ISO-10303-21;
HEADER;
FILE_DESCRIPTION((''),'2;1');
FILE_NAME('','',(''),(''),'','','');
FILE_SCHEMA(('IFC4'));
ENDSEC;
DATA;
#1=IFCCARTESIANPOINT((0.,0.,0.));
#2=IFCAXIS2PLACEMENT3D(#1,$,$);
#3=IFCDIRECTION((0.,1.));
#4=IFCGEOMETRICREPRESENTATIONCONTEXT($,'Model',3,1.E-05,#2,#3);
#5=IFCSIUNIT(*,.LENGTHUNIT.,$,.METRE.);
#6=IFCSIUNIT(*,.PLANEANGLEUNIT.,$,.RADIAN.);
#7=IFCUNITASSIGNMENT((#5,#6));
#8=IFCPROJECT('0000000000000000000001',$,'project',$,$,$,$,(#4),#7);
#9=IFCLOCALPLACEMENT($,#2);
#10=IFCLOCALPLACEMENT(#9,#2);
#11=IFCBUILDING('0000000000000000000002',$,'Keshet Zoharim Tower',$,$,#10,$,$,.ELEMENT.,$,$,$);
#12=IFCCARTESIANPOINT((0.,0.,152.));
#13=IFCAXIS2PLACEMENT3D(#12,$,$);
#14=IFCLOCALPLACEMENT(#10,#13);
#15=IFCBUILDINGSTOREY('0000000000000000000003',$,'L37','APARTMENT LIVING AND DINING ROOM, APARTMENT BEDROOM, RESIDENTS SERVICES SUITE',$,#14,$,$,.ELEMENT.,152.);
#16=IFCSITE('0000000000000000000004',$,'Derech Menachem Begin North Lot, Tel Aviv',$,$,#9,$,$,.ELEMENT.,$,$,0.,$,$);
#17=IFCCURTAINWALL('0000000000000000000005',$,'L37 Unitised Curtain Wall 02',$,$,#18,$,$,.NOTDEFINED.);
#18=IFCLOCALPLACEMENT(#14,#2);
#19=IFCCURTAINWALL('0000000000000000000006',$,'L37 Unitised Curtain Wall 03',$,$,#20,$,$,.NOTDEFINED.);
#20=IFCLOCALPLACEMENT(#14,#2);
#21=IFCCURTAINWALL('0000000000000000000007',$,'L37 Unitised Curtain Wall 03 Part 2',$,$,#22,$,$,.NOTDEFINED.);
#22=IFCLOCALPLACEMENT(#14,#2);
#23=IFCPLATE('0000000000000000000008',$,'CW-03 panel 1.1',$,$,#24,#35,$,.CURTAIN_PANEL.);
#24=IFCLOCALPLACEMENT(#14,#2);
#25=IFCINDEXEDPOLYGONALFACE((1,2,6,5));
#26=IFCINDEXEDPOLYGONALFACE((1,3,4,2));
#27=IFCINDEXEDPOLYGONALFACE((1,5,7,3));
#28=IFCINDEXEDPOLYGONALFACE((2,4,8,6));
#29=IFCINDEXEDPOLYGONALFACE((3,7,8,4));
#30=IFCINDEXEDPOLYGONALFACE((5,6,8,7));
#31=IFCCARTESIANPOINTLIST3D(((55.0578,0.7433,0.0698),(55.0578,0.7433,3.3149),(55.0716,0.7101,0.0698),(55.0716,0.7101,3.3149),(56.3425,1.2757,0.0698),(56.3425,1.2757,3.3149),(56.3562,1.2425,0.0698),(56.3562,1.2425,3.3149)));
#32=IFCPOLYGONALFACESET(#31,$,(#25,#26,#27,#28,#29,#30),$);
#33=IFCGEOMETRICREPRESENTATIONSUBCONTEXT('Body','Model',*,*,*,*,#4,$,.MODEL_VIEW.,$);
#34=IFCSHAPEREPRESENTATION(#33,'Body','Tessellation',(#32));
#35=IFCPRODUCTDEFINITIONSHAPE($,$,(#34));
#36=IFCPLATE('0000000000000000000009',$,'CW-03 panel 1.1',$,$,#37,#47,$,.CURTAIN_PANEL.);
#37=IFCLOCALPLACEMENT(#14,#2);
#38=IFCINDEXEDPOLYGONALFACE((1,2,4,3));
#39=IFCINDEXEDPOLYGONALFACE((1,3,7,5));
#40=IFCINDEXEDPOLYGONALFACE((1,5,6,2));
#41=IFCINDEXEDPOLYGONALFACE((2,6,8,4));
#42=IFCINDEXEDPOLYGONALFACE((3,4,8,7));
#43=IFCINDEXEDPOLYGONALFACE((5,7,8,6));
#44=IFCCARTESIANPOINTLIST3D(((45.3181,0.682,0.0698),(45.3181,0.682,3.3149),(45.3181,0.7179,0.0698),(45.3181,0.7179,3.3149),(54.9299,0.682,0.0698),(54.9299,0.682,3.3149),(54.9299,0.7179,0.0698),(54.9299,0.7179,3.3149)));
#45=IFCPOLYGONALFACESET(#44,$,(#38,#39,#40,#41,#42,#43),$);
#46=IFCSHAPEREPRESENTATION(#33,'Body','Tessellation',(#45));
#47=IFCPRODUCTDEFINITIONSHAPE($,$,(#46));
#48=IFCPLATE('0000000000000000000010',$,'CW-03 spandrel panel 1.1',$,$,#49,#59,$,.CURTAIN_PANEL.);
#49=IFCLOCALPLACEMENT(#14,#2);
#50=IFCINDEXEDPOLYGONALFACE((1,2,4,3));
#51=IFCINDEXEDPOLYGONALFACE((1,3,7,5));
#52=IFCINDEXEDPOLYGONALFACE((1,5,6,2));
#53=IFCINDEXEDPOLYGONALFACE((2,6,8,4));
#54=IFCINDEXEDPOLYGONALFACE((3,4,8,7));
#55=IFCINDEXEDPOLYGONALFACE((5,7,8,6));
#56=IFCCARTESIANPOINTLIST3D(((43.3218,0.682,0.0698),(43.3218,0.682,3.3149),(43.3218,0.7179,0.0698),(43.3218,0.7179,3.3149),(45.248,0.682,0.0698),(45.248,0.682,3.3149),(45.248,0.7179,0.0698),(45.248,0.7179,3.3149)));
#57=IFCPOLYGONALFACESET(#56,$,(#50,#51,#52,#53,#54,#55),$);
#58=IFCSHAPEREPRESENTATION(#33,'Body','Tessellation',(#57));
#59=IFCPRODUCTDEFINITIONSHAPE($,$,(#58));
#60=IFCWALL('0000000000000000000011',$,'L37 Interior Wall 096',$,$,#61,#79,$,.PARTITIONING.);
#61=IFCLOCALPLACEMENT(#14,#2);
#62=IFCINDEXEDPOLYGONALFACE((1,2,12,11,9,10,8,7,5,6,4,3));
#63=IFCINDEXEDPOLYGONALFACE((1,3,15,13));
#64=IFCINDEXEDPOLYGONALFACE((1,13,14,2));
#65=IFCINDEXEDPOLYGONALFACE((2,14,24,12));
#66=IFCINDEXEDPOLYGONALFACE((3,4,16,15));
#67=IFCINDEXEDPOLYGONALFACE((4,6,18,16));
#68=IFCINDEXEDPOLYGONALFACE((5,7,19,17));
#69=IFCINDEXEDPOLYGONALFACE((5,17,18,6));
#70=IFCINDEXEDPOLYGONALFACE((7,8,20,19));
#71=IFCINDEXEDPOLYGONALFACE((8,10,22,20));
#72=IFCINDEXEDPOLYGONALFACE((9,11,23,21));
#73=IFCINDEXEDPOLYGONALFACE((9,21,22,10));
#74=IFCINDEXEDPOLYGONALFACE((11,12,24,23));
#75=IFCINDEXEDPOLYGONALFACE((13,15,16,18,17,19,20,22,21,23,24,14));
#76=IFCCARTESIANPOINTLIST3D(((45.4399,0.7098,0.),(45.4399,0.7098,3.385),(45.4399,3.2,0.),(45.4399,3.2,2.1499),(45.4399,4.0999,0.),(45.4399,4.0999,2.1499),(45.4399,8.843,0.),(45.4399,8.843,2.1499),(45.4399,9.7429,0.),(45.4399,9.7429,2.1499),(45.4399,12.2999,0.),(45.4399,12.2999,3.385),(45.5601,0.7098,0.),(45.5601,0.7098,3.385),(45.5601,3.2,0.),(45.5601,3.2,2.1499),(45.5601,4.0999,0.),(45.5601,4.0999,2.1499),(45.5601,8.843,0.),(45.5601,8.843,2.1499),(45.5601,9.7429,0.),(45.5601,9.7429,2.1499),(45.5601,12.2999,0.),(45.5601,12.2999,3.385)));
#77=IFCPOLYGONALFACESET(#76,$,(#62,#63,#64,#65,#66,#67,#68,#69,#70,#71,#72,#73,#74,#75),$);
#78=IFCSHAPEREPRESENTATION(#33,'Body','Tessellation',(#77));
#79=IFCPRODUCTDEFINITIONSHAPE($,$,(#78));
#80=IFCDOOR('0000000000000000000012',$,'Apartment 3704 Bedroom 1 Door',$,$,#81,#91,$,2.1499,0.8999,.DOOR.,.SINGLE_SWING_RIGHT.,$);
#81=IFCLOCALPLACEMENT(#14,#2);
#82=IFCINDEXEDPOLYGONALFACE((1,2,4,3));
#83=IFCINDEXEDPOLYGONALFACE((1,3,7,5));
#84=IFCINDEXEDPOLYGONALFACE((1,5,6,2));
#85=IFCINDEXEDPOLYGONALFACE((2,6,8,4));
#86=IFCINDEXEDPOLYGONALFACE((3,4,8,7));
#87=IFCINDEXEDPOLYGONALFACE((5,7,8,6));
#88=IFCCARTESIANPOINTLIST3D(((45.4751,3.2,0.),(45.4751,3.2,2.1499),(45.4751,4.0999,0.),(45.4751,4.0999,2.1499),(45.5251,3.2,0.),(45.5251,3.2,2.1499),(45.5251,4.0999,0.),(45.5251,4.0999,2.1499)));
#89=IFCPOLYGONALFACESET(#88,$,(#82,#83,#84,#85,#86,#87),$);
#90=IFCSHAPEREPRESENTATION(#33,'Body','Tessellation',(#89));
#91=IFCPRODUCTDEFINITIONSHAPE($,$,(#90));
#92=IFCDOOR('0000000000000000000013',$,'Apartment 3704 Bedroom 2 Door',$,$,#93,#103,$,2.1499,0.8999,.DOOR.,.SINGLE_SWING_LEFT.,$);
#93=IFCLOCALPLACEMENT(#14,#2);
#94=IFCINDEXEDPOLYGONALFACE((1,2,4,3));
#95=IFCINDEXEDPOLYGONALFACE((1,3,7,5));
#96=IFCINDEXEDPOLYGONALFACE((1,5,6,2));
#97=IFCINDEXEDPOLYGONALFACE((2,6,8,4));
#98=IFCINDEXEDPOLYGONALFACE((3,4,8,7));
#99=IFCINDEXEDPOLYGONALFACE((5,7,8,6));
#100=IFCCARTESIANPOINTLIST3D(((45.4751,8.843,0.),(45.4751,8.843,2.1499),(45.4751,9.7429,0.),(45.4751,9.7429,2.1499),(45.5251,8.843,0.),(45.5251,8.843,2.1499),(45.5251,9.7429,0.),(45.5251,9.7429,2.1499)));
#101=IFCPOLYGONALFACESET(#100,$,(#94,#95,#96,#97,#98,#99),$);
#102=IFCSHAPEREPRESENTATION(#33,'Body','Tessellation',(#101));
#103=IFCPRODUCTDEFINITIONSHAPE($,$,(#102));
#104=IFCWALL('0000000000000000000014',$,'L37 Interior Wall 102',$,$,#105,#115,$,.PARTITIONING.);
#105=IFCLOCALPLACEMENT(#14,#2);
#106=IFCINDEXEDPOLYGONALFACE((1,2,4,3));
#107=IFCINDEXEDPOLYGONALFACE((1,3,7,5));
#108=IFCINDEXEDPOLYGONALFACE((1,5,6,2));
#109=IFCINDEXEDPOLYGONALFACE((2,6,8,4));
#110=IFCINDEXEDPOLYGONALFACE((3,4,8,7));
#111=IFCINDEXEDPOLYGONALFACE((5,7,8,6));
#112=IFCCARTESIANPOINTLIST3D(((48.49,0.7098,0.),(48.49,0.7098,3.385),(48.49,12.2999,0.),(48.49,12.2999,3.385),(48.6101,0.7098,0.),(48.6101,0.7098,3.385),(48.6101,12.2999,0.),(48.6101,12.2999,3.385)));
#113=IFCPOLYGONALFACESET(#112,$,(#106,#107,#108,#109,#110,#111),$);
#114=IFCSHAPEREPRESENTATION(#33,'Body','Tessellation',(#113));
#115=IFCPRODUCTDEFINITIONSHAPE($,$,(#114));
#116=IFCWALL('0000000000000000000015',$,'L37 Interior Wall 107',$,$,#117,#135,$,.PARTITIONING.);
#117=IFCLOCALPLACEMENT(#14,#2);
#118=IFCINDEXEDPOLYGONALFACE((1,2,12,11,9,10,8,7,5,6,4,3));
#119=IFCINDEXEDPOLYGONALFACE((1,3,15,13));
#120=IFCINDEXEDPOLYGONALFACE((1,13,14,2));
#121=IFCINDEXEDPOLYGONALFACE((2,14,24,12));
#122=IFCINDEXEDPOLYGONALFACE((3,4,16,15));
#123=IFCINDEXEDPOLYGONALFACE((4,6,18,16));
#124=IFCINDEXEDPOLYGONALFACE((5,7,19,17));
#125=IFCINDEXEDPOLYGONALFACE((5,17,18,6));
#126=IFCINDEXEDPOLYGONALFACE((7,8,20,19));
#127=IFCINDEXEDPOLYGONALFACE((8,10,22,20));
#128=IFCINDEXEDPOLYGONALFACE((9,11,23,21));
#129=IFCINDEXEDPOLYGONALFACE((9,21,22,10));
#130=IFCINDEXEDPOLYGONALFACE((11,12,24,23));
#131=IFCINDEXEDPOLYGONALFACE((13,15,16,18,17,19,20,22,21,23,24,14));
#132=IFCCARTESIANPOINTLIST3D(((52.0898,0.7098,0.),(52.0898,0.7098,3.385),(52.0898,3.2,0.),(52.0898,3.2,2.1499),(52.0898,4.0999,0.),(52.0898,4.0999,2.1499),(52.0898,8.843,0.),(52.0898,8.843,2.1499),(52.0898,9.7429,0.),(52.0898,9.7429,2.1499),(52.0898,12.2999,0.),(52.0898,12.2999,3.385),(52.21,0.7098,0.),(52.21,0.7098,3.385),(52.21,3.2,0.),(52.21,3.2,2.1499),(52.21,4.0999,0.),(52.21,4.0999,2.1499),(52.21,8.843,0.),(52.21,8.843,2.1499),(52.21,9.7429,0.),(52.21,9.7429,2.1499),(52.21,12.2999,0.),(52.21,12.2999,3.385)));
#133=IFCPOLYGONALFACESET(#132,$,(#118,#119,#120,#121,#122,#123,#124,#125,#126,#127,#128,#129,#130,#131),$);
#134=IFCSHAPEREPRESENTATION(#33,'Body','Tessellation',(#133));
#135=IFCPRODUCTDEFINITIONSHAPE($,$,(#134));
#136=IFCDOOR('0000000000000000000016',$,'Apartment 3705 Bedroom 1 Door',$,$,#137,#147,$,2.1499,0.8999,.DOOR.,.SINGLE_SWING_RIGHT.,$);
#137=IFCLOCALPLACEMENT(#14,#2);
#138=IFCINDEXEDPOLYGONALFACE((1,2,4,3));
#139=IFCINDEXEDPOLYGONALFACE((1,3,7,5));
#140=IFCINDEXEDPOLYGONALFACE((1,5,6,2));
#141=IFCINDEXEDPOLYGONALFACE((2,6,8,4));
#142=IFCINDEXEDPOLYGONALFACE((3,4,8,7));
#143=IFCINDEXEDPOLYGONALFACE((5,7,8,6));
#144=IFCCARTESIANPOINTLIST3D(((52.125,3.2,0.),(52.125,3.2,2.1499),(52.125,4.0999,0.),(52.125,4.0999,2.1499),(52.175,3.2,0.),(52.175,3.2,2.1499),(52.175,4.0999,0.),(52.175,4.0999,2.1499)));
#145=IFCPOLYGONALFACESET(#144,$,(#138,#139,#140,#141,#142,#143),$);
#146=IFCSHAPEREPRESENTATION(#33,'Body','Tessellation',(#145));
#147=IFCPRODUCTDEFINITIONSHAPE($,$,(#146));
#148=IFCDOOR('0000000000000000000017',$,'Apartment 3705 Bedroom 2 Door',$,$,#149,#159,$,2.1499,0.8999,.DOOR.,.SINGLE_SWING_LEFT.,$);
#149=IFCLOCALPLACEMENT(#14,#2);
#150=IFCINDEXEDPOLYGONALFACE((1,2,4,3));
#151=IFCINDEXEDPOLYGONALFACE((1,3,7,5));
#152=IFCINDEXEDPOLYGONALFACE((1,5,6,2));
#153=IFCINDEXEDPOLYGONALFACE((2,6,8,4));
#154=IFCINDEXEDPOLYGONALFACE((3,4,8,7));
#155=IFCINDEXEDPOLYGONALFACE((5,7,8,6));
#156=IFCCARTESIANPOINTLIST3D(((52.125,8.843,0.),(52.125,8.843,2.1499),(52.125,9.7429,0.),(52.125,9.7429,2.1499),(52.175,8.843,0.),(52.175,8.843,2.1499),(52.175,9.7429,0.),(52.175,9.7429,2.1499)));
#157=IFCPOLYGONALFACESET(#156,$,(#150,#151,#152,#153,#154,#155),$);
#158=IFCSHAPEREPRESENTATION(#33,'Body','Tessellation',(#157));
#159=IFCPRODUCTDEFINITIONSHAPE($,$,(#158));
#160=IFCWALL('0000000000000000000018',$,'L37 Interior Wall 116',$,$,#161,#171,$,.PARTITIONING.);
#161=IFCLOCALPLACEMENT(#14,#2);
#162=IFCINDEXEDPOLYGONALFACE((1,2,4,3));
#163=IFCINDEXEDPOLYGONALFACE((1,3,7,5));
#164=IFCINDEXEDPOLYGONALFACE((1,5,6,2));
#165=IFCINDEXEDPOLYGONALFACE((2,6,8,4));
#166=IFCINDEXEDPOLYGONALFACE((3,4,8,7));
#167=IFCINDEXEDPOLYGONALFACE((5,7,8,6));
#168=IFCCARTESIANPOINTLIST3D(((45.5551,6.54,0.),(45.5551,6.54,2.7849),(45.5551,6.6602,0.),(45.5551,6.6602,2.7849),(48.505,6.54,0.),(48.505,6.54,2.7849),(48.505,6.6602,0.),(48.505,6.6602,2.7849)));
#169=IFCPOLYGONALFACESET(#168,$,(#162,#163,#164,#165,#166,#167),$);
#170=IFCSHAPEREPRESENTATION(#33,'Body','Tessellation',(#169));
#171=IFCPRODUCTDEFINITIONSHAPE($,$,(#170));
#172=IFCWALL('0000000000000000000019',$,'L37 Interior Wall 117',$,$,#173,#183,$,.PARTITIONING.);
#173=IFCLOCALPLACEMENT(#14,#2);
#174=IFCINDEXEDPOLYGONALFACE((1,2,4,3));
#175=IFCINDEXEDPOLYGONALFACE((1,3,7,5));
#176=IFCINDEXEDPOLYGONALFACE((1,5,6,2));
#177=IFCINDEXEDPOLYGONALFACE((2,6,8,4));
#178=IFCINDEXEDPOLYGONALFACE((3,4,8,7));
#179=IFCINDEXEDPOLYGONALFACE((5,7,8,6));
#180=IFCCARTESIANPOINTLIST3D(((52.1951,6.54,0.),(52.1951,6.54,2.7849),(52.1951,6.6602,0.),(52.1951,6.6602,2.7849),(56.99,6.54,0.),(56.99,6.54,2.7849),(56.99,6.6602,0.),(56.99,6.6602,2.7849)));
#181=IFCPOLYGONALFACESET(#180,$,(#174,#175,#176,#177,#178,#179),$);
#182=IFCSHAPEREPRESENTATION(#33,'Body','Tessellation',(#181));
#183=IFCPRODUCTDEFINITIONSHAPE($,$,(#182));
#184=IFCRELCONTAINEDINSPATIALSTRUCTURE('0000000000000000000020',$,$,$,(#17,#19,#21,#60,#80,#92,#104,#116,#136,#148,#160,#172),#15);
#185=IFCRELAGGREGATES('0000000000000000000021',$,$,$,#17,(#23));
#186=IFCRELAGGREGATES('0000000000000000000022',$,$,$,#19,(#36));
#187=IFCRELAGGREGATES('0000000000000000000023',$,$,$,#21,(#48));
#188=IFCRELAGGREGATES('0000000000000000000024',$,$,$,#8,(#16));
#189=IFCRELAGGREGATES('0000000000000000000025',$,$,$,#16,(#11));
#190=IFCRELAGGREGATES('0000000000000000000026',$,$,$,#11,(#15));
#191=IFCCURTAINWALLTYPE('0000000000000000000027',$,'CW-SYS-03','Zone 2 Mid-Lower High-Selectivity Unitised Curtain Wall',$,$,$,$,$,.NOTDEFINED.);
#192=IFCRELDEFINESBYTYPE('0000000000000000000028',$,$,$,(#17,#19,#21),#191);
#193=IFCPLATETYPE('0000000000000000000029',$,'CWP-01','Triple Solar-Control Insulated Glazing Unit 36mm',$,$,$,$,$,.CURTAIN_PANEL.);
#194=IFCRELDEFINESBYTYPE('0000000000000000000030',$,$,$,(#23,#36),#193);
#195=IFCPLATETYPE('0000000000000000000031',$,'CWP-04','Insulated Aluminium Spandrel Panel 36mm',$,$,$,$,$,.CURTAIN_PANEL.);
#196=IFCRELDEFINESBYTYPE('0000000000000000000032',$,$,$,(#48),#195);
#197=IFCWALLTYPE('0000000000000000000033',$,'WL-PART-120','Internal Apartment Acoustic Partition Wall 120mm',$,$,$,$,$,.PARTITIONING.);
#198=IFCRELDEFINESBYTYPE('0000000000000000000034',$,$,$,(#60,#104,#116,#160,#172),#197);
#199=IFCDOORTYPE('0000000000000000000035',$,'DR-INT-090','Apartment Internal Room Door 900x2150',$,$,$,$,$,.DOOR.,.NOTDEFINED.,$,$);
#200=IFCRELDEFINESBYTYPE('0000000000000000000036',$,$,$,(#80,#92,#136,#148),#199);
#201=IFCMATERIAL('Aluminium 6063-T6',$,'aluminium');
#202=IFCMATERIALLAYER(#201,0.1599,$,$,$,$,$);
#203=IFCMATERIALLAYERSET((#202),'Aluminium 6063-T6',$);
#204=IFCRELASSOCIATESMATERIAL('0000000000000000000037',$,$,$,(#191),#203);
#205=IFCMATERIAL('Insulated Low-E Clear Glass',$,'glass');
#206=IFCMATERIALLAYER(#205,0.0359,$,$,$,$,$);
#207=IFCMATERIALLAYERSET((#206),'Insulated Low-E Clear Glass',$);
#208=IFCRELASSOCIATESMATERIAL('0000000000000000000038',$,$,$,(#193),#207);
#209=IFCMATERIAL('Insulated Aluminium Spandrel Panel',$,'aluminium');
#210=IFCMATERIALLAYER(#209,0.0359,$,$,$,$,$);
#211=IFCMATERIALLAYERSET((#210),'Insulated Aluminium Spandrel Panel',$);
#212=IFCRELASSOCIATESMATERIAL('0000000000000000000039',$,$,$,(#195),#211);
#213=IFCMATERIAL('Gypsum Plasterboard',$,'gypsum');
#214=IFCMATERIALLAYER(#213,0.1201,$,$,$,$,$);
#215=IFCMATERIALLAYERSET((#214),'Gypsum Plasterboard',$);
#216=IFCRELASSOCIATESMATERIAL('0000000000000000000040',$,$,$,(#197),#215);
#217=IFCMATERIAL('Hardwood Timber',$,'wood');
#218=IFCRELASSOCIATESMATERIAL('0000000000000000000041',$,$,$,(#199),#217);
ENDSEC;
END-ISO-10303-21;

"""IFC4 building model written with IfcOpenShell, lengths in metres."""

from ifc_helpers import new_model, si_unit, direction, frame, frame_2d, origin, origin_2d, place, context, subcontext, project, spatial, rectangle, extrude, material, layer, layer_set, type_object, element, fill, aggregate, save


model = new_model("IFC4")

# Units and contexts
model_context = context("Model", 3, precision=1e-05, world=origin(), true_north=direction((0.0, 1.0)))
body_context = subcontext(model_context, "Body", "Model", "MODEL_VIEW")
ifc_project = project(units=[si_unit("LENGTHUNIT", "METRE"), si_unit("PLANEANGLEUNIT", "RADIAN")], contexts=[model_context])

# Site, building, storey
site_placement = place(None, origin())
site = spatial("IfcSite", under=ifc_project, at=site_placement, Name="Derech Menachem Begin North Lot, Tel Aviv", CompositionType="ELEMENT", RefElevation=0.0)
building_placement = place(site_placement, origin())
building = spatial("IfcBuilding", under=site, at=building_placement, Name="Keshet Zoharim Tower", CompositionType="ELEMENT")
storey_placement = place(building_placement, frame((0.0, 0.0, 152.0)))
storey = spatial("IfcBuildingStorey", under=building, at=storey_placement, Name="L37", Description="APARTMENT LIVING AND DINING ROOM, APARTMENT BEDROOM, RESIDENTS SERVICES SUITE", CompositionType="ELEMENT", Elevation=152.0)

# Curtain walls
ifc_material_1 = material(Name="Aluminium 6063-T6", Category="aluminium")
ifc_layer_1 = layer(ifc_material_1, 0.1599)
ifc_layer_set_1 = layer_set([ifc_layer_1], Name="Aluminium 6063-T6")
curtain_wall_type = type_object("IfcCurtainWallType", Name="CW-SYS-03", Description="Zone 2 Mid-Lower High-Selectivity Unitised Curtain Wall", PredefinedType="NOTDEFINED", material=ifc_layer_set_1)
curtain_wall_1_placement = place(storey_placement, origin())
curtain_wall_1 = element("IfcCurtainWall", 1, at=curtain_wall_1_placement, inside=storey, type_object=curtain_wall_type, Name="L37 Unitised Curtain Wall 02", PredefinedType="NOTDEFINED")
curtain_wall_2_placement = place(storey_placement, origin())
curtain_wall_2 = element("IfcCurtainWall", 2, at=curtain_wall_2_placement, inside=storey, type_object=curtain_wall_type, Name="L37 Unitised Curtain Wall 03", PredefinedType="NOTDEFINED")

# Curtain wall
curtain_wall_3_placement = place(storey_placement, origin())
curtain_wall_3 = element("IfcCurtainWall", 3, at=curtain_wall_3_placement, inside=storey, type_object=curtain_wall_type, Name="L37 Unitised Curtain Wall 03 Part 2", PredefinedType="NOTDEFINED")

# Plates
ifc_material_2 = material(Name="Insulated Low-E Clear Glass", Category="glass")
ifc_layer_2 = layer(ifc_material_2, 0.0359)
ifc_layer_set_2 = layer_set([ifc_layer_2], Name="Insulated Low-E Clear Glass")
plate_type_1 = type_object("IfcPlateType", Name="CWP-01", Description="Triple Solar-Control Insulated Glazing Unit 36mm", PredefinedType="CURTAIN_PANEL", material=ifc_layer_set_2)
plate_1_placement = place(storey_placement, frame((55.707, 0.9929, 0.0698), z_axis=(0.0, 0.0, 1.0), x_axis=(-0.92381, -0.382852, 0.0)))
plate_1 = element("IfcPlate", 4, at=plate_1_placement, type_object=plate_type_1, Name="CW-03 panel 1.1", PredefinedType="CURTAIN_PANEL", context=body_context, shape_type="SweptSolid", body=[
    extrude(rectangle(XDim=1.3906, YDim=0.0359, at=origin_2d()), origin(), (0.0, 0.0, 1.0), 3.2451),
])
aggregate(curtain_wall_1, [plate_1])
plate_2_placement = place(storey_placement, frame((50.124, 0.7, 0.0698), z_axis=(0.0, 0.0, 1.0), x_axis=(-1.0, 0.0, 0.0)))
plate_2 = element("IfcPlate", 5, at=plate_2_placement, type_object=plate_type_1, Name="CW-03 panel 1.1", PredefinedType="CURTAIN_PANEL", context=body_context, shape_type="SweptSolid", body=[
    extrude(rectangle(XDim=9.6118, YDim=0.0359, at=origin_2d()), origin(), (0.0, 0.0, 1.0), 3.2451),
])
aggregate(curtain_wall_2, [plate_2])
ifc_material_3 = material(Name="Insulated Aluminium Spandrel Panel", Category="aluminium")
ifc_layer_3 = layer(ifc_material_3, 0.0359)
ifc_layer_set_3 = layer_set([ifc_layer_3], Name="Insulated Aluminium Spandrel Panel")
plate_type_2 = type_object("IfcPlateType", Name="CWP-04", Description="Insulated Aluminium Spandrel Panel 36mm", PredefinedType="CURTAIN_PANEL", material=ifc_layer_set_3)
plate_3_placement = place(storey_placement, frame((44.2849, 0.7, 0.0698), z_axis=(0.0, 0.0, 1.0), x_axis=(-1.0, 0.0, 0.0)))
plate_3 = element("IfcPlate", 6, at=plate_3_placement, type_object=plate_type_2, Name="CW-03 spandrel panel 1.1", PredefinedType="CURTAIN_PANEL", context=body_context, shape_type="SweptSolid", body=[
    extrude(rectangle(XDim=1.9263, YDim=0.0359, at=origin_2d()), origin(), (0.0, 0.0, 1.0), 3.2451),
])
aggregate(curtain_wall_3, [plate_3])

# Wall, openings, doors
ifc_material_4 = material(Name="Gypsum Plasterboard", Category="gypsum")
ifc_layer_4 = layer(ifc_material_4, 0.1201)
ifc_layer_set_4 = layer_set([ifc_layer_4], Name="Gypsum Plasterboard")
wall_type = type_object("IfcWallType", Name="WL-PART-120", Description="Internal Apartment Acoustic Partition Wall 120mm", PredefinedType="PARTITIONING", material=ifc_layer_set_4)
wall_1_placement = place(storey_placement, frame((45.5, 0.71, 0.0), z_axis=(0.0, 0.0, 1.0), x_axis=(0.0, 1.0, 0.0)))
wall_1 = element("IfcWall", 7, at=wall_1_placement, inside=storey, type_object=wall_type, Name="L37 Interior Wall 096", PredefinedType="PARTITIONING", context=body_context, shape_type="SweptSolid", body=[
    extrude(rectangle(XDim=11.5901, YDim=0.1201, at=frame_2d((5.7949, 0.0))), origin(), (0.0, 0.0, 1.0), 3.385),
])
opening_1_placement = place(wall_1_placement, frame((2.49, 0.0, 0.0)))
opening_1 = element("IfcOpeningElement", 8, at=opening_1_placement, cuts=wall_1, PredefinedType="OPENING", context=body_context, shape_type="SweptSolid", body=[
    extrude(rectangle(XDim=0.8999, YDim=2.1499, at=frame_2d((0.45, 1.075))), frame((0.0, 0.0701, 0.0), z_axis=(0.0, -1.0, 0.0), x_axis=(1.0, 0.0, 0.0)), (0.0, 0.0, 1.0), 0.1401),
])
opening_2_placement = place(wall_1_placement, frame((8.1331, 0.0, 0.0)))
opening_2 = element("IfcOpeningElement", 9, at=opening_2_placement, cuts=wall_1, PredefinedType="OPENING", context=body_context, shape_type="SweptSolid", body=[
    extrude(rectangle(XDim=0.8999, YDim=2.1499, at=frame_2d((0.45, 1.075))), frame((0.0, 0.0701, 0.0), z_axis=(0.0, -1.0, 0.0), x_axis=(1.0, 0.0, 0.0)), (0.0, 0.0, 1.0), 0.1401),
])
ifc_material_5 = material(Name="Hardwood Timber", Category="wood")
door_type = type_object("IfcDoorType", Name="DR-INT-090", Description="Apartment Internal Room Door 900x2150", OperationType="NOTDEFINED", PredefinedType="DOOR", material=ifc_material_5)
door_1_placement = place(opening_1_placement, origin())
door_1 = element("IfcDoor", 10, at=door_1_placement, inside=storey, type_object=door_type, Name="Apartment 3704 Bedroom 1 Door", OperationType="SINGLE_SWING_RIGHT", OverallHeight=2.1499, OverallWidth=0.8999, PredefinedType="DOOR", context=body_context, shape_type="SweptSolid", body=[
    extrude(rectangle(XDim=0.8999, YDim=2.1499, at=frame_2d((0.45, 1.075))), frame((0.0, 0.0249, 0.0), z_axis=(0.0, -1.0, 0.0), x_axis=(1.0, 0.0, 0.0)), (0.0, 0.0, 1.0), 0.05),
])
fill(opening_1, door_1)
door_2_placement = place(opening_2_placement, origin())
door_2 = element("IfcDoor", 11, at=door_2_placement, inside=storey, type_object=door_type, Name="Apartment 3704 Bedroom 2 Door", OperationType="SINGLE_SWING_LEFT", OverallHeight=2.1499, OverallWidth=0.8999, PredefinedType="DOOR", context=body_context, shape_type="SweptSolid", body=[
    extrude(rectangle(XDim=0.8999, YDim=2.1499, at=frame_2d((0.45, 1.075))), frame((0.0, 0.0249, 0.0), z_axis=(0.0, -1.0, 0.0), x_axis=(1.0, 0.0, 0.0)), (0.0, 0.0, 1.0), 0.05),
])
fill(opening_2, door_2)

# Wall
wall_2_placement = place(storey_placement, frame((48.55, 0.71, 0.0), z_axis=(0.0, 0.0, 1.0), x_axis=(0.0, 1.0, 0.0)))
element("IfcWall", 12, at=wall_2_placement, inside=storey, type_object=wall_type, Name="L37 Interior Wall 102", PredefinedType="PARTITIONING", context=body_context, shape_type="SweptSolid", body=[
    extrude(rectangle(XDim=11.5901, YDim=0.1201, at=frame_2d((5.7949, 0.0))), origin(), (0.0, 0.0, 1.0), 3.385),
])

# Wall, openings, doors
wall_3_placement = place(storey_placement, frame((52.1499, 0.71, 0.0), z_axis=(0.0, 0.0, 1.0), x_axis=(0.0, 1.0, 0.0)))
wall_3 = element("IfcWall", 13, at=wall_3_placement, inside=storey, type_object=wall_type, Name="L37 Interior Wall 107", PredefinedType="PARTITIONING", context=body_context, shape_type="SweptSolid", body=[
    extrude(rectangle(XDim=11.5901, YDim=0.1201, at=frame_2d((5.7949, 0.0))), origin(), (0.0, 0.0, 1.0), 3.385),
])
opening_3_placement = place(wall_3_placement, frame((2.49, 0.0, 0.0)))
opening_3 = element("IfcOpeningElement", 14, at=opening_3_placement, cuts=wall_3, PredefinedType="OPENING", context=body_context, shape_type="SweptSolid", body=[
    extrude(rectangle(XDim=0.8999, YDim=2.1499, at=frame_2d((0.45, 1.075))), frame((0.0, 0.0701, 0.0), z_axis=(0.0, -1.0, 0.0), x_axis=(1.0, 0.0, 0.0)), (0.0, 0.0, 1.0), 0.1401),
])
opening_4_placement = place(wall_3_placement, frame((8.1331, 0.0, 0.0)))
opening_4 = element("IfcOpeningElement", 15, at=opening_4_placement, cuts=wall_3, PredefinedType="OPENING", context=body_context, shape_type="SweptSolid", body=[
    extrude(rectangle(XDim=0.8999, YDim=2.1499, at=frame_2d((0.45, 1.075))), frame((0.0, 0.0701, 0.0), z_axis=(0.0, -1.0, 0.0), x_axis=(1.0, 0.0, 0.0)), (0.0, 0.0, 1.0), 0.1401),
])
door_3_placement = place(opening_3_placement, origin())
door_3 = element("IfcDoor", 16, at=door_3_placement, inside=storey, type_object=door_type, Name="Apartment 3705 Bedroom 1 Door", OperationType="SINGLE_SWING_RIGHT", OverallHeight=2.1499, OverallWidth=0.8999, PredefinedType="DOOR", context=body_context, shape_type="SweptSolid", body=[
    extrude(rectangle(XDim=0.8999, YDim=2.1499, at=frame_2d((0.45, 1.075))), frame((0.0, 0.0249, 0.0), z_axis=(0.0, -1.0, 0.0), x_axis=(1.0, 0.0, 0.0)), (0.0, 0.0, 1.0), 0.05),
])
fill(opening_3, door_3)
door_4_placement = place(opening_4_placement, origin())
door_4 = element("IfcDoor", 17, at=door_4_placement, inside=storey, type_object=door_type, Name="Apartment 3705 Bedroom 2 Door", OperationType="SINGLE_SWING_LEFT", OverallHeight=2.1499, OverallWidth=0.8999, PredefinedType="DOOR", context=body_context, shape_type="SweptSolid", body=[
    extrude(rectangle(XDim=0.8999, YDim=2.1499, at=frame_2d((0.45, 1.075))), frame((0.0, 0.0249, 0.0), z_axis=(0.0, -1.0, 0.0), x_axis=(1.0, 0.0, 0.0)), (0.0, 0.0, 1.0), 0.05),
])
fill(opening_4, door_4)

# Walls
wall_4_placement = place(storey_placement, frame((45.5549, 6.6001, 0.0), z_axis=(0.0, 0.0, 1.0), x_axis=(1.0, 0.0, 0.0)))
element("IfcWall", 18, at=wall_4_placement, inside=storey, type_object=wall_type, Name="L37 Interior Wall 116", PredefinedType="PARTITIONING", context=body_context, shape_type="SweptSolid", body=[
    extrude(rectangle(XDim=2.95, YDim=0.1201, at=frame_2d((1.4751, 0.0))), origin(), (0.0, 0.0, 1.0), 2.7849),
])
wall_5_placement = place(storey_placement, frame((52.1951, 6.6001, 0.0), z_axis=(0.0, 0.0, 1.0), x_axis=(1.0, 0.0, 0.0)))
element("IfcWall", 19, at=wall_5_placement, inside=storey, type_object=wall_type, Name="L37 Interior Wall 117", PredefinedType="PARTITIONING", context=body_context, shape_type="SweptSolid", body=[
    extrude(rectangle(XDim=4.7949, YDim=0.1201, at=frame_2d((2.3975, 0.0))), origin(), (0.0, 0.0, 1.0), 2.7849),
])

save(model, "model.ifc")
